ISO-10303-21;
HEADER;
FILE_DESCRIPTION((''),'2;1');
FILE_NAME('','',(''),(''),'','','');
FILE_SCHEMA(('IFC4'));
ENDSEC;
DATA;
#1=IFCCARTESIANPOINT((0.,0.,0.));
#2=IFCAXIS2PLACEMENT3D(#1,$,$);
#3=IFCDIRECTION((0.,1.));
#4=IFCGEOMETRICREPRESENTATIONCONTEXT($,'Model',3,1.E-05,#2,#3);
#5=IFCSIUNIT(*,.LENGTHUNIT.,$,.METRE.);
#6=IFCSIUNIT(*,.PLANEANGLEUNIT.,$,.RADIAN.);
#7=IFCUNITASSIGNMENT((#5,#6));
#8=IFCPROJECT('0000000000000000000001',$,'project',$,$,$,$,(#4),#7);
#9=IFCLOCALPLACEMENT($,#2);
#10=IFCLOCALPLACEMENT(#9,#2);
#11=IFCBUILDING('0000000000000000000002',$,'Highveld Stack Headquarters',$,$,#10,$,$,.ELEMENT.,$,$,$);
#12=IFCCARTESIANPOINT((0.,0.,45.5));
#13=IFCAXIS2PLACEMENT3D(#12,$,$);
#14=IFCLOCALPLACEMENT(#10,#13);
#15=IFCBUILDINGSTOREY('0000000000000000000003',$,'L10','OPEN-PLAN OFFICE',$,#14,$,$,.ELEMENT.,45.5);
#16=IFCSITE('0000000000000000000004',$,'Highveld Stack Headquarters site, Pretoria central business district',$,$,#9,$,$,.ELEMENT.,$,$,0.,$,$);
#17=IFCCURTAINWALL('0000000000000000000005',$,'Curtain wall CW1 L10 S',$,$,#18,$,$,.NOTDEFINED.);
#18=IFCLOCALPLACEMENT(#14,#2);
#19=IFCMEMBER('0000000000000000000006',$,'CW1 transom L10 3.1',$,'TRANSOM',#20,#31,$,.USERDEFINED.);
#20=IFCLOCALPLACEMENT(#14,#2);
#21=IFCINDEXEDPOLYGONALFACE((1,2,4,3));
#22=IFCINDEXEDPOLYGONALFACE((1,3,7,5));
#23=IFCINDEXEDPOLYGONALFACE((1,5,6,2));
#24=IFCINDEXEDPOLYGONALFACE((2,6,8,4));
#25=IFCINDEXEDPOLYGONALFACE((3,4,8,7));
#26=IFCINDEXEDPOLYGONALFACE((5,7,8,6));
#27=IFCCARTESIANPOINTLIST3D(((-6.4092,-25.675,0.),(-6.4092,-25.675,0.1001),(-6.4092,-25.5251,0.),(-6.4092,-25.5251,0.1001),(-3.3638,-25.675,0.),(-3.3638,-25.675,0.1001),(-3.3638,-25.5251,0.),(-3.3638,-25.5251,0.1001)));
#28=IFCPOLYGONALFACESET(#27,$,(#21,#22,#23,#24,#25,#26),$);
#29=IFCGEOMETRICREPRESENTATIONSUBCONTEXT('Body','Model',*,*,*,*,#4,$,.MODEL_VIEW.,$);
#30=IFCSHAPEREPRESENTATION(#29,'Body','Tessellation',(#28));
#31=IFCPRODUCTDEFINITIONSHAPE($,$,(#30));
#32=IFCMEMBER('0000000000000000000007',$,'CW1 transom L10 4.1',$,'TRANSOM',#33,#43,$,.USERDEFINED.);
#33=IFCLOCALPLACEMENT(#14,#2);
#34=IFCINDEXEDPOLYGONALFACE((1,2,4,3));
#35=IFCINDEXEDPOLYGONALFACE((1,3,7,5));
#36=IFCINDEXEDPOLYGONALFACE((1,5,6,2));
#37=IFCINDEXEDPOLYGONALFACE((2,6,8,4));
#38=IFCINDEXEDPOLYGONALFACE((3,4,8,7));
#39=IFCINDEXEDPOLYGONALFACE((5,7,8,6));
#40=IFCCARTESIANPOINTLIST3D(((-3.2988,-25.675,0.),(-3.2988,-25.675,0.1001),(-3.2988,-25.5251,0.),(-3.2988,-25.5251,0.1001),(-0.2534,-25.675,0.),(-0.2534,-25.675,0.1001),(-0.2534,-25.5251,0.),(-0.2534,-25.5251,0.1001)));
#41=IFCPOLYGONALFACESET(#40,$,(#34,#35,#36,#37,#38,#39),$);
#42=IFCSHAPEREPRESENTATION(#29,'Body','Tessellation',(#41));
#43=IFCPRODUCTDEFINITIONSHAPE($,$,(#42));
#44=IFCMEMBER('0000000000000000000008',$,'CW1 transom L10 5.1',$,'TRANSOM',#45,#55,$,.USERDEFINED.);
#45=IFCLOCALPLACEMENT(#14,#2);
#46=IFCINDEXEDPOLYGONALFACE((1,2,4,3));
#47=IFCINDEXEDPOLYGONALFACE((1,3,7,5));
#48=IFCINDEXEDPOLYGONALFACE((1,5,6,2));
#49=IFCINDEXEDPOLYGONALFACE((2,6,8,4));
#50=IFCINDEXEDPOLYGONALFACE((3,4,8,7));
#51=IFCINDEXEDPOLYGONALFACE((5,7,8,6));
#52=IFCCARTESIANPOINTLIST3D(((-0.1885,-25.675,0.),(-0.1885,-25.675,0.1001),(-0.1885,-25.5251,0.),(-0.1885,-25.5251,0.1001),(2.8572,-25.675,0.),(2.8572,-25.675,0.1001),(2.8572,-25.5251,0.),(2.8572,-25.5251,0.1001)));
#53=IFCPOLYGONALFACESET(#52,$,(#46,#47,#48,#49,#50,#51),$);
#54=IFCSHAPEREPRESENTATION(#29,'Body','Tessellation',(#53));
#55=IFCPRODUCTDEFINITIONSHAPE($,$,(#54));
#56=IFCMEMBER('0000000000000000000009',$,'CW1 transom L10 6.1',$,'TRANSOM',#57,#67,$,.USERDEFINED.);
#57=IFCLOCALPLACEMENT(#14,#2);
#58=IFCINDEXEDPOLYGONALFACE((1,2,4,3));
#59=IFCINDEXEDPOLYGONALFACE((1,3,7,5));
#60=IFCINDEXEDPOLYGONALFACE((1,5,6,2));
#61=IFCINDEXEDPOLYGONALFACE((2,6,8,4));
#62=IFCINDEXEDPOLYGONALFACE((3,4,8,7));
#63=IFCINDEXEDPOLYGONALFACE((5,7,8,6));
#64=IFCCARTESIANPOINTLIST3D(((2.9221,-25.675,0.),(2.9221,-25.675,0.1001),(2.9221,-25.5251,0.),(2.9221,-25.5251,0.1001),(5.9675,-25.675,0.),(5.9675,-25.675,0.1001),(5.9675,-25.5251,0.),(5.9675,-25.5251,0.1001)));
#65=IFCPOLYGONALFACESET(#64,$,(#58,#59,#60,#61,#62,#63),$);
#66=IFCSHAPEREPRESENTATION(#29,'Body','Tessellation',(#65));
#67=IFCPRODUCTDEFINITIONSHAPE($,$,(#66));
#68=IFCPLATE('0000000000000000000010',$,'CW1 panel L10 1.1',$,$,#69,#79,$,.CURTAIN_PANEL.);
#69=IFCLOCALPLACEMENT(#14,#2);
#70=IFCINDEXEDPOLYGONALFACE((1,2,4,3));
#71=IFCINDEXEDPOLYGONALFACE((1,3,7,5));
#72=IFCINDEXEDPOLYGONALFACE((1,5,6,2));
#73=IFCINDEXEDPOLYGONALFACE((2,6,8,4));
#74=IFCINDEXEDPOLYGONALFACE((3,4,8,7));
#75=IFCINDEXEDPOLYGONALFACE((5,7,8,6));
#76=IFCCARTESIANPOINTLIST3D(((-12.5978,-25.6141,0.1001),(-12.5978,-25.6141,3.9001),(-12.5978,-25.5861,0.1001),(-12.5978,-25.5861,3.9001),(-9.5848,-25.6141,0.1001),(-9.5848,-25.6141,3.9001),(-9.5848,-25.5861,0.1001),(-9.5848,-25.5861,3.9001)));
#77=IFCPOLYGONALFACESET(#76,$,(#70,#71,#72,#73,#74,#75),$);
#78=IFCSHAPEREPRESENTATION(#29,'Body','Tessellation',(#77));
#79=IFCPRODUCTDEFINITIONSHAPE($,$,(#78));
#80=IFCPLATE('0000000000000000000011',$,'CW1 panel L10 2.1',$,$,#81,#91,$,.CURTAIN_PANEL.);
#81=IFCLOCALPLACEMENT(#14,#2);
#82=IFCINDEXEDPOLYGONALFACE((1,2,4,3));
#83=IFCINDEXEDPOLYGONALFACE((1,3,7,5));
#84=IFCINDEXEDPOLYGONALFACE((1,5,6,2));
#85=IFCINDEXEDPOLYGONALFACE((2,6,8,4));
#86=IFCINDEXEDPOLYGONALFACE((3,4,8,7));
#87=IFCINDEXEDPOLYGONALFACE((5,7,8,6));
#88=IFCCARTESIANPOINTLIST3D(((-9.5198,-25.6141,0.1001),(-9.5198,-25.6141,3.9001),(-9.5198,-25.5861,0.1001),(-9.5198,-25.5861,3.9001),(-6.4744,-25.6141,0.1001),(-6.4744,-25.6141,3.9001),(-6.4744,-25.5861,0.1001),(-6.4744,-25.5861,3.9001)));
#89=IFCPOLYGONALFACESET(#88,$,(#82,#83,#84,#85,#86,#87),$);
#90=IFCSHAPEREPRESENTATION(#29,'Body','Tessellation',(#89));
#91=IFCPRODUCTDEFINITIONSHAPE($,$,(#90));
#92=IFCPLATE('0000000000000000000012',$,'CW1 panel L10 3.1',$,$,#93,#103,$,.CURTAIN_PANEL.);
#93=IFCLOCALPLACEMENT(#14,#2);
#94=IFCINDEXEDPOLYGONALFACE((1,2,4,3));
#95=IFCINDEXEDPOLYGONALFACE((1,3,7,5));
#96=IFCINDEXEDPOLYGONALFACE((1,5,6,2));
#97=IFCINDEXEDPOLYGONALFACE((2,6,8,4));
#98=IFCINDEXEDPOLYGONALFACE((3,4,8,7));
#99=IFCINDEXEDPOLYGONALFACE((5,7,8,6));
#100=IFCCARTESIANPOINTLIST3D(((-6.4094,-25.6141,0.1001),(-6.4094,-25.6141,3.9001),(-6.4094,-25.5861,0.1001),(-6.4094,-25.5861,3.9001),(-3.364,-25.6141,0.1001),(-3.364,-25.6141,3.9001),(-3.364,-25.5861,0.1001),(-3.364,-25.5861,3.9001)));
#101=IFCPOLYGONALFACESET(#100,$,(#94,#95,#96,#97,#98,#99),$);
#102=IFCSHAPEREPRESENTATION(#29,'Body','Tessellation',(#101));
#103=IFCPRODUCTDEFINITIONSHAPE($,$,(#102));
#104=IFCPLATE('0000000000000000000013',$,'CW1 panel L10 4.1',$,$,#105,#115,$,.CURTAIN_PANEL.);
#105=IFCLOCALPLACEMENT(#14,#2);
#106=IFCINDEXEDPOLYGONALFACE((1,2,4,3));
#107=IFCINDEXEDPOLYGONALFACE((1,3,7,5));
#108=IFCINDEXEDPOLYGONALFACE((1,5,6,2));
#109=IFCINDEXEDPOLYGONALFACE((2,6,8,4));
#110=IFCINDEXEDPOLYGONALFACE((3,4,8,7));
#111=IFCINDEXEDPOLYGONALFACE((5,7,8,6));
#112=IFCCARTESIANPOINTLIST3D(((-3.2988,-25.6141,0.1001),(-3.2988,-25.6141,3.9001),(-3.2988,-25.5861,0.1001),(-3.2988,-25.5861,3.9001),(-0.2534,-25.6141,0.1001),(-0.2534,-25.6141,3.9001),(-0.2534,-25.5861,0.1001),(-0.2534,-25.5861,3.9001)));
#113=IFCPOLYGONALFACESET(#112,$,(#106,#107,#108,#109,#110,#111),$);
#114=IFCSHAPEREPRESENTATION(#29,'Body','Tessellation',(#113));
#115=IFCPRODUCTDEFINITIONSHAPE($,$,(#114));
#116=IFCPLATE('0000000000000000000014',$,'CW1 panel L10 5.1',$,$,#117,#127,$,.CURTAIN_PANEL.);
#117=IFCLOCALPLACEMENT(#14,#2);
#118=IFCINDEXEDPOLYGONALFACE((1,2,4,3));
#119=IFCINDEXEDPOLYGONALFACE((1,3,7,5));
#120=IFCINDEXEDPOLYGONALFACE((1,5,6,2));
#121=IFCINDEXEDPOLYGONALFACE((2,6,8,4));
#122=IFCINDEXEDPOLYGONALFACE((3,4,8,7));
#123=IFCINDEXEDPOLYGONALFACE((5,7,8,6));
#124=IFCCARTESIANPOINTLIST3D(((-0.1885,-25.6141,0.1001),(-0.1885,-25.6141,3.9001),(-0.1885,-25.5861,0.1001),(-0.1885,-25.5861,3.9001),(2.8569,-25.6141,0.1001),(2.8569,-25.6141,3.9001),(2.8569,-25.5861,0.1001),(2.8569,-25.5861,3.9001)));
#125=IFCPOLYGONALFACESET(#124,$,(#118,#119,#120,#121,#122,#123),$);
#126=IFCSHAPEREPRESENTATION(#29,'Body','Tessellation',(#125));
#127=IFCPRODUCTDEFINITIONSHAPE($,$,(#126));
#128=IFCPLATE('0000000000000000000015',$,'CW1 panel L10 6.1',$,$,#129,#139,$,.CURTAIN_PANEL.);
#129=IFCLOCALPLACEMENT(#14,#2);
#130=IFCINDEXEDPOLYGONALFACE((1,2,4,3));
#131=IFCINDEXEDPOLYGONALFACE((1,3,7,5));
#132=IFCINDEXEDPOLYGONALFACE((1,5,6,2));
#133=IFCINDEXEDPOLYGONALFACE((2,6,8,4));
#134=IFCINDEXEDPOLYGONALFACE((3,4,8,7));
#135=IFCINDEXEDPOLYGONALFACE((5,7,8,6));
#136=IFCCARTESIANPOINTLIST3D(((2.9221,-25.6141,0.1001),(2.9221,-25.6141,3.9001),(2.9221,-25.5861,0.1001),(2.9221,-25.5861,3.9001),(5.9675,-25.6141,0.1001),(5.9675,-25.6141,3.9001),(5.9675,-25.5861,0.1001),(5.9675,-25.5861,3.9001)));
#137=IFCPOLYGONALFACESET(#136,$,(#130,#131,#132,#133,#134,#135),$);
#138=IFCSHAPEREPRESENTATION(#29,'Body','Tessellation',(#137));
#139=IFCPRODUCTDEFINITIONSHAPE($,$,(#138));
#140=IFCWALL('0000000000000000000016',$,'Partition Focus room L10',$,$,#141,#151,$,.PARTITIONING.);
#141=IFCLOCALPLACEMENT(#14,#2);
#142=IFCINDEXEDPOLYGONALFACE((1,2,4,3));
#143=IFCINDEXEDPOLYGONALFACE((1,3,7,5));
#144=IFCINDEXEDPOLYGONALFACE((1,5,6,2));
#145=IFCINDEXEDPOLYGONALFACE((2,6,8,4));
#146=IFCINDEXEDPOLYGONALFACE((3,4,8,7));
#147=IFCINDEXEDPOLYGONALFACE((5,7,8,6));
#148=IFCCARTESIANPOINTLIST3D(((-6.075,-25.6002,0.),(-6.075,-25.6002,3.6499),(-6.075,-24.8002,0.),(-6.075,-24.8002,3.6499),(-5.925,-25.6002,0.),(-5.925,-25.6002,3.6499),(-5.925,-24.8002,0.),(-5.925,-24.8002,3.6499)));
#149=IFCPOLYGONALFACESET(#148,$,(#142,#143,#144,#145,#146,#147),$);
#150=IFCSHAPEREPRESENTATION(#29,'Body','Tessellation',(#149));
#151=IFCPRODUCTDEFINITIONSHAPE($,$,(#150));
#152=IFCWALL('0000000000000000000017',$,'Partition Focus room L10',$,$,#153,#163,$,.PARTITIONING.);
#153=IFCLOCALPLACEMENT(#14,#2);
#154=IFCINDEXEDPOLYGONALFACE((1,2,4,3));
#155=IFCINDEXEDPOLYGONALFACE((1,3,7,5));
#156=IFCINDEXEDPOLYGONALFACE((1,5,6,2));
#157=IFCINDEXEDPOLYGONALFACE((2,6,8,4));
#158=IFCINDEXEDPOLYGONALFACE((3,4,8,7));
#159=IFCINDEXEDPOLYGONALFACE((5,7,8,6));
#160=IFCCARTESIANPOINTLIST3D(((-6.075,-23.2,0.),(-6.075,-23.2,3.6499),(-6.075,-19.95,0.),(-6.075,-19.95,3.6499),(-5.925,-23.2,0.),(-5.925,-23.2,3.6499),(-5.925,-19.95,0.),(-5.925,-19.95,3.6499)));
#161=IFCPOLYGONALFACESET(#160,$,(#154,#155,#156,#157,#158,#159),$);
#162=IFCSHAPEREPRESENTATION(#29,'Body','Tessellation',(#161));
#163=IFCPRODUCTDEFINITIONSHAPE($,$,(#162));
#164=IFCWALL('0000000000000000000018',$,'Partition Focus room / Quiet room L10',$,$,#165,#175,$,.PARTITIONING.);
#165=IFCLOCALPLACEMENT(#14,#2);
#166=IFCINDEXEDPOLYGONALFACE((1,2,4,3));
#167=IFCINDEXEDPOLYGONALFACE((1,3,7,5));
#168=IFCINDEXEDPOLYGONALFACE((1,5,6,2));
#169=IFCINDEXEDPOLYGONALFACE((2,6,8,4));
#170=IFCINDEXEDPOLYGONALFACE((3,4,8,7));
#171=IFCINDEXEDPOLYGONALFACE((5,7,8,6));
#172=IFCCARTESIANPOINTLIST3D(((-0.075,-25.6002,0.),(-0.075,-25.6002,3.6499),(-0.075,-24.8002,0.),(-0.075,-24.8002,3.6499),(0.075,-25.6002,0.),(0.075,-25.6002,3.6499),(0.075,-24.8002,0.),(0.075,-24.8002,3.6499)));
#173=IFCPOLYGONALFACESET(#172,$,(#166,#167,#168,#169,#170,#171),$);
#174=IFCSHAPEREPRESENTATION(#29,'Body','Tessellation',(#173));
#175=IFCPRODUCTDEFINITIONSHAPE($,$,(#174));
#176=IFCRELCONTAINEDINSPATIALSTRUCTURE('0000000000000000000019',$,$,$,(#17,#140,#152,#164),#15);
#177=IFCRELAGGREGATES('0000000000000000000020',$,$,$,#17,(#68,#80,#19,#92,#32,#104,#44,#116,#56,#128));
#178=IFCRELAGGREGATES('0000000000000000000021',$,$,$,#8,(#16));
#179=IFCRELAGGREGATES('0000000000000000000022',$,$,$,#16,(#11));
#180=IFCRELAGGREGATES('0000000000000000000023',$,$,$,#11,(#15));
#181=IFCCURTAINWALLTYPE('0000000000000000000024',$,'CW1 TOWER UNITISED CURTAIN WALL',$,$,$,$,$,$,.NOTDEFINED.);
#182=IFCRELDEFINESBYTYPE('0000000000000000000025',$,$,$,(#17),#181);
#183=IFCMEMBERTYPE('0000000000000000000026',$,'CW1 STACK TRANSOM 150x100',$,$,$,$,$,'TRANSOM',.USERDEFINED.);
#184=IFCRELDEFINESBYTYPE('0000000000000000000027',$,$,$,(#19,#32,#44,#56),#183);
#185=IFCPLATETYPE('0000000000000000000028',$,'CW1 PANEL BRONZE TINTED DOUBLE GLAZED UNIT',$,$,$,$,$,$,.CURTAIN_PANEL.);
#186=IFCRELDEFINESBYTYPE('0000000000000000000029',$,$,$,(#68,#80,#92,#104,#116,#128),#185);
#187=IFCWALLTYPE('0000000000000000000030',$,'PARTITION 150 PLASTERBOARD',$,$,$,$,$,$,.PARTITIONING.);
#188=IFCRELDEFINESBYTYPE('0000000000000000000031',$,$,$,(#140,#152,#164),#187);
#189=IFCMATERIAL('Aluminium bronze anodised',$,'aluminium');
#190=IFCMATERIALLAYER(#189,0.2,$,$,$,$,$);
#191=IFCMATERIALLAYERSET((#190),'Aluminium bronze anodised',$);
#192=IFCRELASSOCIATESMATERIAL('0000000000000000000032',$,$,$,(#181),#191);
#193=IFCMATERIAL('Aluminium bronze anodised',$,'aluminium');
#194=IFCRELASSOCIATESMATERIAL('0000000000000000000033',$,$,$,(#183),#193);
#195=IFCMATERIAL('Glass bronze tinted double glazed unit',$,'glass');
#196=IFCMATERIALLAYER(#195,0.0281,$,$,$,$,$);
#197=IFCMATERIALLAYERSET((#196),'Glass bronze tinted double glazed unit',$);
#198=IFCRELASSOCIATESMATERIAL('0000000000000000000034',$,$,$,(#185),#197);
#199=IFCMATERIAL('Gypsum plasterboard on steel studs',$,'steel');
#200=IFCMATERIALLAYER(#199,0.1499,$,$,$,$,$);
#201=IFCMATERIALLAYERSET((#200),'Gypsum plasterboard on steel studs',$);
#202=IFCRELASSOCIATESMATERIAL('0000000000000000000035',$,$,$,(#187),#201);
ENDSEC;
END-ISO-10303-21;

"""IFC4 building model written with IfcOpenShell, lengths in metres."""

from ifc_helpers import new_model, si_unit, direction, frame, frame_2d, origin, origin_2d, place, context, subcontext, project, spatial, rectangle, extrude, material, layer, layer_set, material_profile, profile_set, type_object, element, aggregate, save


model = new_model("IFC4")

# Units and contexts
model_context = context("Model", 3, precision=1e-05, world=origin(), true_north=direction((0.0, 1.0)))
body_context = subcontext(model_context, "Body", "Model", "MODEL_VIEW")
ifc_project = project(units=[si_unit("LENGTHUNIT", "METRE"), si_unit("PLANEANGLEUNIT", "RADIAN")], contexts=[model_context])

# Site, building, storey
site_placement = place(None, origin())
site = spatial("IfcSite", under=ifc_project, at=site_placement, Name="Highveld Stack Headquarters site, Pretoria central business district", CompositionType="ELEMENT", RefElevation=0.0)
building_placement = place(site_placement, origin())
building = spatial("IfcBuilding", under=site, at=building_placement, Name="Highveld Stack Headquarters", CompositionType="ELEMENT")
storey_placement = place(building_placement, frame((0.0, 0.0, 45.5)))
storey = spatial("IfcBuildingStorey", under=building, at=storey_placement, Name="L10", Description="OPEN-PLAN OFFICE", CompositionType="ELEMENT", Elevation=45.5)

# Curtain wall, members, plates
ifc_material_1 = material(Name="Aluminium bronze anodised", Category="aluminium")
ifc_layer_1 = layer(ifc_material_1, 0.2)
ifc_layer_set_1 = layer_set([ifc_layer_1], Name="Aluminium bronze anodised")
curtain_wall_type = type_object("IfcCurtainWallType", Name="CW1 TOWER UNITISED CURTAIN WALL", PredefinedType="NOTDEFINED", material=ifc_layer_set_1)
curtain_wall_placement = place(storey_placement, origin())
curtain_wall = element("IfcCurtainWall", 1, at=curtain_wall_placement, inside=storey, type_object=curtain_wall_type, Name="Curtain wall CW1 L10 S", PredefinedType="NOTDEFINED")
ifc_material_2 = material(Name="Aluminium bronze anodised", Category="aluminium")
ifc_material_profile_1 = material_profile(ifc_material_2, rectangle(XDim=0.1499, YDim=0.1001, at=origin_2d()), Name="CW1 TRANSOM 150x100")
ifc_profile_set_1 = profile_set([ifc_material_profile_1], Name="Aluminium bronze anodised")
member_type_1 = type_object("IfcMemberType", Name="CW1 STACK TRANSOM 150x100", ElementType="TRANSOM", PredefinedType="USERDEFINED", material=ifc_profile_set_1)
member_1_placement = place(storey_placement, frame((-6.4092, -25.6001, 0.05), z_axis=(1.0, 0.0, 0.0), x_axis=(0.0, 1.0, 0.0)))
member_1 = element("IfcMember", 2, at=member_1_placement, type_object=member_type_1, Name="CW1 transom L10 3.1", ObjectType="TRANSOM", PredefinedType="USERDEFINED", context=body_context, shape_type="SweptSolid", body=[
    extrude(rectangle(XDim=0.1499, YDim=0.1001, at=origin_2d()), origin(), (0.0, 0.0, 1.0), 3.0454),
])
member_2_placement = place(storey_placement, frame((-3.2988, -25.6001, 0.05), z_axis=(1.0, 0.0, 0.0), x_axis=(0.0, 1.0, 0.0)))
member_2 = element("IfcMember", 3, at=member_2_placement, type_object=member_type_1, Name="CW1 transom L10 4.1", ObjectType="TRANSOM", PredefinedType="USERDEFINED", context=body_context, shape_type="SweptSolid", body=[
    extrude(rectangle(XDim=0.1499, YDim=0.1001, at=origin_2d()), origin(), (0.0, 0.0, 1.0), 3.0454),
])
member_3_placement = place(storey_placement, frame((-0.1885, -25.6001, 0.05), z_axis=(1.0, 0.0, 0.0), x_axis=(0.0, 1.0, 0.0)))
member_3 = element("IfcMember", 4, at=member_3_placement, type_object=member_type_1, Name="CW1 transom L10 5.1", ObjectType="TRANSOM", PredefinedType="USERDEFINED", context=body_context, shape_type="SweptSolid", body=[
    extrude(rectangle(XDim=0.1499, YDim=0.1001, at=origin_2d()), origin(), (0.0, 0.0, 1.0), 3.0457),
])
member_4_placement = place(storey_placement, frame((2.9221, -25.6001, 0.05), z_axis=(1.0, 0.0, 0.0), x_axis=(0.0, 1.0, 0.0)))
member_4 = element("IfcMember", 5, at=member_4_placement, type_object=member_type_1, Name="CW1 transom L10 6.1", ObjectType="TRANSOM", PredefinedType="USERDEFINED", context=body_context, shape_type="SweptSolid", body=[
    extrude(rectangle(XDim=0.1499, YDim=0.1001, at=origin_2d()), origin(), (0.0, 0.0, 1.0), 3.0454),
])
ifc_material_3 = material(Name="Glass bronze tinted double glazed unit", Category="glass")
ifc_layer_2 = layer(ifc_material_3, 0.0281)
ifc_layer_set_2 = layer_set([ifc_layer_2], Name="Glass bronze tinted double glazed unit")
plate_type = type_object("IfcPlateType", Name="CW1 PANEL BRONZE TINTED DOUBLE GLAZED UNIT", PredefinedType="CURTAIN_PANEL", material=ifc_layer_set_2)
plate_1_placement = place(storey_placement, frame((-11.0913, -25.6001, 0.1001), z_axis=(0.0, 0.0, 1.0), x_axis=(1.0, 0.0, 0.0)))
plate_1 = element("IfcPlate", 6, at=plate_1_placement, type_object=plate_type, Name="CW1 panel L10 1.1", PredefinedType="CURTAIN_PANEL", context=body_context, shape_type="SweptSolid", body=[
    extrude(rectangle(XDim=3.0129, YDim=0.0281, at=origin_2d()), origin(), (0.0, 0.0, 1.0), 3.8),
])
plate_2_placement = place(storey_placement, frame((-7.9971, -25.6001, 0.1001), z_axis=(0.0, 0.0, 1.0), x_axis=(1.0, 0.0, 0.0)))
plate_2 = element("IfcPlate", 7, at=plate_2_placement, type_object=plate_type, Name="CW1 panel L10 2.1", PredefinedType="CURTAIN_PANEL", context=body_context, shape_type="SweptSolid", body=[
    extrude(rectangle(XDim=3.0454, YDim=0.0281, at=origin_2d()), origin(), (0.0, 0.0, 1.0), 3.8),
])
plate_3_placement = place(storey_placement, frame((-4.8867, -25.6001, 0.1001), z_axis=(0.0, 0.0, 1.0), x_axis=(1.0, 0.0, 0.0)))
plate_3 = element("IfcPlate", 8, at=plate_3_placement, type_object=plate_type, Name="CW1 panel L10 3.1", PredefinedType="CURTAIN_PANEL", context=body_context, shape_type="SweptSolid", body=[
    extrude(rectangle(XDim=3.0454, YDim=0.0281, at=origin_2d()), origin(), (0.0, 0.0, 1.0), 3.8),
])
plate_4_placement = place(storey_placement, frame((-1.7761, -25.6001, 0.1001), z_axis=(0.0, 0.0, 1.0), x_axis=(1.0, 0.0, 0.0)))
plate_4 = element("IfcPlate", 9, at=plate_4_placement, type_object=plate_type, Name="CW1 panel L10 4.1", PredefinedType="CURTAIN_PANEL", context=body_context, shape_type="SweptSolid", body=[
    extrude(rectangle(XDim=3.0454, YDim=0.0281, at=origin_2d()), origin(), (0.0, 0.0, 1.0), 3.8),
])
plate_5_placement = place(storey_placement, frame((1.3342, -25.6001, 0.1001), z_axis=(0.0, 0.0, 1.0), x_axis=(1.0, 0.0, 0.0)))
plate_5 = element("IfcPlate", 10, at=plate_5_placement, type_object=plate_type, Name="CW1 panel L10 5.1", PredefinedType="CURTAIN_PANEL", context=body_context, shape_type="SweptSolid", body=[
    extrude(rectangle(XDim=3.0454, YDim=0.0281, at=origin_2d()), origin(), (0.0, 0.0, 1.0), 3.8),
])
plate_6_placement = place(storey_placement, frame((4.4448, -25.6001, 0.1001), z_axis=(0.0, 0.0, 1.0), x_axis=(1.0, 0.0, 0.0)))
plate_6 = element("IfcPlate", 11, at=plate_6_placement, type_object=plate_type, Name="CW1 panel L10 6.1", PredefinedType="CURTAIN_PANEL", context=body_context, shape_type="SweptSolid", body=[
    extrude(rectangle(XDim=3.0454, YDim=0.0281, at=origin_2d()), origin(), (0.0, 0.0, 1.0), 3.8),
])
aggregate(curtain_wall, [plate_1, plate_2, member_1, plate_3, member_2, plate_4, member_3, plate_5, member_4, plate_6])

# Walls
ifc_material_4 = material(Name="Gypsum plasterboard on steel studs", Category="steel")
ifc_layer_3 = layer(ifc_material_4, 0.1499)
ifc_layer_set_3 = layer_set([ifc_layer_3], Name="Gypsum plasterboard on steel studs")
wall_type = type_object("IfcWallType", Name="PARTITION 150 PLASTERBOARD", PredefinedType="PARTITIONING", material=ifc_layer_set_3)
wall_1_placement = place(storey_placement, frame((-6.0, -25.6001, 0.0), z_axis=(0.0, 0.0, 1.0), x_axis=(0.0, 1.0, 0.0)))
element("IfcWall", 12, at=wall_1_placement, inside=storey, type_object=wall_type, Name="Partition Focus room L10", PredefinedType="PARTITIONING", context=body_context, shape_type="SweptSolid", body=[
    extrude(rectangle(XDim=0.8, YDim=0.1499, at=frame_2d((0.3999, 0.0))), origin(), (0.0, 0.0, 1.0), 3.6499),
])
wall_2_placement = place(storey_placement, frame((-6.0, -23.2, 0.0), z_axis=(0.0, 0.0, 1.0), x_axis=(0.0, 1.0, 0.0)))
element("IfcWall", 13, at=wall_2_placement, inside=storey, type_object=wall_type, Name="Partition Focus room L10", PredefinedType="PARTITIONING", context=body_context, shape_type="SweptSolid", body=[
    extrude(rectangle(XDim=3.25, YDim=0.1499, at=frame_2d((1.625, 0.0))), origin(), (0.0, 0.0, 1.0), 3.6499),
])
wall_3_placement = place(storey_placement, frame((0.0, -25.6001, 0.0), z_axis=(0.0, 0.0, 1.0), x_axis=(0.0, 1.0, 0.0)))
element("IfcWall", 14, at=wall_3_placement, inside=storey, type_object=wall_type, Name="Partition Focus room / Quiet room L10", PredefinedType="PARTITIONING", context=body_context, shape_type="SweptSolid", body=[
    extrude(rectangle(XDim=0.8, YDim=0.1499, at=frame_2d((0.3999, 0.0))), origin(), (0.0, 0.0, 1.0), 3.6499),
])

save(model, "model.ifc")
